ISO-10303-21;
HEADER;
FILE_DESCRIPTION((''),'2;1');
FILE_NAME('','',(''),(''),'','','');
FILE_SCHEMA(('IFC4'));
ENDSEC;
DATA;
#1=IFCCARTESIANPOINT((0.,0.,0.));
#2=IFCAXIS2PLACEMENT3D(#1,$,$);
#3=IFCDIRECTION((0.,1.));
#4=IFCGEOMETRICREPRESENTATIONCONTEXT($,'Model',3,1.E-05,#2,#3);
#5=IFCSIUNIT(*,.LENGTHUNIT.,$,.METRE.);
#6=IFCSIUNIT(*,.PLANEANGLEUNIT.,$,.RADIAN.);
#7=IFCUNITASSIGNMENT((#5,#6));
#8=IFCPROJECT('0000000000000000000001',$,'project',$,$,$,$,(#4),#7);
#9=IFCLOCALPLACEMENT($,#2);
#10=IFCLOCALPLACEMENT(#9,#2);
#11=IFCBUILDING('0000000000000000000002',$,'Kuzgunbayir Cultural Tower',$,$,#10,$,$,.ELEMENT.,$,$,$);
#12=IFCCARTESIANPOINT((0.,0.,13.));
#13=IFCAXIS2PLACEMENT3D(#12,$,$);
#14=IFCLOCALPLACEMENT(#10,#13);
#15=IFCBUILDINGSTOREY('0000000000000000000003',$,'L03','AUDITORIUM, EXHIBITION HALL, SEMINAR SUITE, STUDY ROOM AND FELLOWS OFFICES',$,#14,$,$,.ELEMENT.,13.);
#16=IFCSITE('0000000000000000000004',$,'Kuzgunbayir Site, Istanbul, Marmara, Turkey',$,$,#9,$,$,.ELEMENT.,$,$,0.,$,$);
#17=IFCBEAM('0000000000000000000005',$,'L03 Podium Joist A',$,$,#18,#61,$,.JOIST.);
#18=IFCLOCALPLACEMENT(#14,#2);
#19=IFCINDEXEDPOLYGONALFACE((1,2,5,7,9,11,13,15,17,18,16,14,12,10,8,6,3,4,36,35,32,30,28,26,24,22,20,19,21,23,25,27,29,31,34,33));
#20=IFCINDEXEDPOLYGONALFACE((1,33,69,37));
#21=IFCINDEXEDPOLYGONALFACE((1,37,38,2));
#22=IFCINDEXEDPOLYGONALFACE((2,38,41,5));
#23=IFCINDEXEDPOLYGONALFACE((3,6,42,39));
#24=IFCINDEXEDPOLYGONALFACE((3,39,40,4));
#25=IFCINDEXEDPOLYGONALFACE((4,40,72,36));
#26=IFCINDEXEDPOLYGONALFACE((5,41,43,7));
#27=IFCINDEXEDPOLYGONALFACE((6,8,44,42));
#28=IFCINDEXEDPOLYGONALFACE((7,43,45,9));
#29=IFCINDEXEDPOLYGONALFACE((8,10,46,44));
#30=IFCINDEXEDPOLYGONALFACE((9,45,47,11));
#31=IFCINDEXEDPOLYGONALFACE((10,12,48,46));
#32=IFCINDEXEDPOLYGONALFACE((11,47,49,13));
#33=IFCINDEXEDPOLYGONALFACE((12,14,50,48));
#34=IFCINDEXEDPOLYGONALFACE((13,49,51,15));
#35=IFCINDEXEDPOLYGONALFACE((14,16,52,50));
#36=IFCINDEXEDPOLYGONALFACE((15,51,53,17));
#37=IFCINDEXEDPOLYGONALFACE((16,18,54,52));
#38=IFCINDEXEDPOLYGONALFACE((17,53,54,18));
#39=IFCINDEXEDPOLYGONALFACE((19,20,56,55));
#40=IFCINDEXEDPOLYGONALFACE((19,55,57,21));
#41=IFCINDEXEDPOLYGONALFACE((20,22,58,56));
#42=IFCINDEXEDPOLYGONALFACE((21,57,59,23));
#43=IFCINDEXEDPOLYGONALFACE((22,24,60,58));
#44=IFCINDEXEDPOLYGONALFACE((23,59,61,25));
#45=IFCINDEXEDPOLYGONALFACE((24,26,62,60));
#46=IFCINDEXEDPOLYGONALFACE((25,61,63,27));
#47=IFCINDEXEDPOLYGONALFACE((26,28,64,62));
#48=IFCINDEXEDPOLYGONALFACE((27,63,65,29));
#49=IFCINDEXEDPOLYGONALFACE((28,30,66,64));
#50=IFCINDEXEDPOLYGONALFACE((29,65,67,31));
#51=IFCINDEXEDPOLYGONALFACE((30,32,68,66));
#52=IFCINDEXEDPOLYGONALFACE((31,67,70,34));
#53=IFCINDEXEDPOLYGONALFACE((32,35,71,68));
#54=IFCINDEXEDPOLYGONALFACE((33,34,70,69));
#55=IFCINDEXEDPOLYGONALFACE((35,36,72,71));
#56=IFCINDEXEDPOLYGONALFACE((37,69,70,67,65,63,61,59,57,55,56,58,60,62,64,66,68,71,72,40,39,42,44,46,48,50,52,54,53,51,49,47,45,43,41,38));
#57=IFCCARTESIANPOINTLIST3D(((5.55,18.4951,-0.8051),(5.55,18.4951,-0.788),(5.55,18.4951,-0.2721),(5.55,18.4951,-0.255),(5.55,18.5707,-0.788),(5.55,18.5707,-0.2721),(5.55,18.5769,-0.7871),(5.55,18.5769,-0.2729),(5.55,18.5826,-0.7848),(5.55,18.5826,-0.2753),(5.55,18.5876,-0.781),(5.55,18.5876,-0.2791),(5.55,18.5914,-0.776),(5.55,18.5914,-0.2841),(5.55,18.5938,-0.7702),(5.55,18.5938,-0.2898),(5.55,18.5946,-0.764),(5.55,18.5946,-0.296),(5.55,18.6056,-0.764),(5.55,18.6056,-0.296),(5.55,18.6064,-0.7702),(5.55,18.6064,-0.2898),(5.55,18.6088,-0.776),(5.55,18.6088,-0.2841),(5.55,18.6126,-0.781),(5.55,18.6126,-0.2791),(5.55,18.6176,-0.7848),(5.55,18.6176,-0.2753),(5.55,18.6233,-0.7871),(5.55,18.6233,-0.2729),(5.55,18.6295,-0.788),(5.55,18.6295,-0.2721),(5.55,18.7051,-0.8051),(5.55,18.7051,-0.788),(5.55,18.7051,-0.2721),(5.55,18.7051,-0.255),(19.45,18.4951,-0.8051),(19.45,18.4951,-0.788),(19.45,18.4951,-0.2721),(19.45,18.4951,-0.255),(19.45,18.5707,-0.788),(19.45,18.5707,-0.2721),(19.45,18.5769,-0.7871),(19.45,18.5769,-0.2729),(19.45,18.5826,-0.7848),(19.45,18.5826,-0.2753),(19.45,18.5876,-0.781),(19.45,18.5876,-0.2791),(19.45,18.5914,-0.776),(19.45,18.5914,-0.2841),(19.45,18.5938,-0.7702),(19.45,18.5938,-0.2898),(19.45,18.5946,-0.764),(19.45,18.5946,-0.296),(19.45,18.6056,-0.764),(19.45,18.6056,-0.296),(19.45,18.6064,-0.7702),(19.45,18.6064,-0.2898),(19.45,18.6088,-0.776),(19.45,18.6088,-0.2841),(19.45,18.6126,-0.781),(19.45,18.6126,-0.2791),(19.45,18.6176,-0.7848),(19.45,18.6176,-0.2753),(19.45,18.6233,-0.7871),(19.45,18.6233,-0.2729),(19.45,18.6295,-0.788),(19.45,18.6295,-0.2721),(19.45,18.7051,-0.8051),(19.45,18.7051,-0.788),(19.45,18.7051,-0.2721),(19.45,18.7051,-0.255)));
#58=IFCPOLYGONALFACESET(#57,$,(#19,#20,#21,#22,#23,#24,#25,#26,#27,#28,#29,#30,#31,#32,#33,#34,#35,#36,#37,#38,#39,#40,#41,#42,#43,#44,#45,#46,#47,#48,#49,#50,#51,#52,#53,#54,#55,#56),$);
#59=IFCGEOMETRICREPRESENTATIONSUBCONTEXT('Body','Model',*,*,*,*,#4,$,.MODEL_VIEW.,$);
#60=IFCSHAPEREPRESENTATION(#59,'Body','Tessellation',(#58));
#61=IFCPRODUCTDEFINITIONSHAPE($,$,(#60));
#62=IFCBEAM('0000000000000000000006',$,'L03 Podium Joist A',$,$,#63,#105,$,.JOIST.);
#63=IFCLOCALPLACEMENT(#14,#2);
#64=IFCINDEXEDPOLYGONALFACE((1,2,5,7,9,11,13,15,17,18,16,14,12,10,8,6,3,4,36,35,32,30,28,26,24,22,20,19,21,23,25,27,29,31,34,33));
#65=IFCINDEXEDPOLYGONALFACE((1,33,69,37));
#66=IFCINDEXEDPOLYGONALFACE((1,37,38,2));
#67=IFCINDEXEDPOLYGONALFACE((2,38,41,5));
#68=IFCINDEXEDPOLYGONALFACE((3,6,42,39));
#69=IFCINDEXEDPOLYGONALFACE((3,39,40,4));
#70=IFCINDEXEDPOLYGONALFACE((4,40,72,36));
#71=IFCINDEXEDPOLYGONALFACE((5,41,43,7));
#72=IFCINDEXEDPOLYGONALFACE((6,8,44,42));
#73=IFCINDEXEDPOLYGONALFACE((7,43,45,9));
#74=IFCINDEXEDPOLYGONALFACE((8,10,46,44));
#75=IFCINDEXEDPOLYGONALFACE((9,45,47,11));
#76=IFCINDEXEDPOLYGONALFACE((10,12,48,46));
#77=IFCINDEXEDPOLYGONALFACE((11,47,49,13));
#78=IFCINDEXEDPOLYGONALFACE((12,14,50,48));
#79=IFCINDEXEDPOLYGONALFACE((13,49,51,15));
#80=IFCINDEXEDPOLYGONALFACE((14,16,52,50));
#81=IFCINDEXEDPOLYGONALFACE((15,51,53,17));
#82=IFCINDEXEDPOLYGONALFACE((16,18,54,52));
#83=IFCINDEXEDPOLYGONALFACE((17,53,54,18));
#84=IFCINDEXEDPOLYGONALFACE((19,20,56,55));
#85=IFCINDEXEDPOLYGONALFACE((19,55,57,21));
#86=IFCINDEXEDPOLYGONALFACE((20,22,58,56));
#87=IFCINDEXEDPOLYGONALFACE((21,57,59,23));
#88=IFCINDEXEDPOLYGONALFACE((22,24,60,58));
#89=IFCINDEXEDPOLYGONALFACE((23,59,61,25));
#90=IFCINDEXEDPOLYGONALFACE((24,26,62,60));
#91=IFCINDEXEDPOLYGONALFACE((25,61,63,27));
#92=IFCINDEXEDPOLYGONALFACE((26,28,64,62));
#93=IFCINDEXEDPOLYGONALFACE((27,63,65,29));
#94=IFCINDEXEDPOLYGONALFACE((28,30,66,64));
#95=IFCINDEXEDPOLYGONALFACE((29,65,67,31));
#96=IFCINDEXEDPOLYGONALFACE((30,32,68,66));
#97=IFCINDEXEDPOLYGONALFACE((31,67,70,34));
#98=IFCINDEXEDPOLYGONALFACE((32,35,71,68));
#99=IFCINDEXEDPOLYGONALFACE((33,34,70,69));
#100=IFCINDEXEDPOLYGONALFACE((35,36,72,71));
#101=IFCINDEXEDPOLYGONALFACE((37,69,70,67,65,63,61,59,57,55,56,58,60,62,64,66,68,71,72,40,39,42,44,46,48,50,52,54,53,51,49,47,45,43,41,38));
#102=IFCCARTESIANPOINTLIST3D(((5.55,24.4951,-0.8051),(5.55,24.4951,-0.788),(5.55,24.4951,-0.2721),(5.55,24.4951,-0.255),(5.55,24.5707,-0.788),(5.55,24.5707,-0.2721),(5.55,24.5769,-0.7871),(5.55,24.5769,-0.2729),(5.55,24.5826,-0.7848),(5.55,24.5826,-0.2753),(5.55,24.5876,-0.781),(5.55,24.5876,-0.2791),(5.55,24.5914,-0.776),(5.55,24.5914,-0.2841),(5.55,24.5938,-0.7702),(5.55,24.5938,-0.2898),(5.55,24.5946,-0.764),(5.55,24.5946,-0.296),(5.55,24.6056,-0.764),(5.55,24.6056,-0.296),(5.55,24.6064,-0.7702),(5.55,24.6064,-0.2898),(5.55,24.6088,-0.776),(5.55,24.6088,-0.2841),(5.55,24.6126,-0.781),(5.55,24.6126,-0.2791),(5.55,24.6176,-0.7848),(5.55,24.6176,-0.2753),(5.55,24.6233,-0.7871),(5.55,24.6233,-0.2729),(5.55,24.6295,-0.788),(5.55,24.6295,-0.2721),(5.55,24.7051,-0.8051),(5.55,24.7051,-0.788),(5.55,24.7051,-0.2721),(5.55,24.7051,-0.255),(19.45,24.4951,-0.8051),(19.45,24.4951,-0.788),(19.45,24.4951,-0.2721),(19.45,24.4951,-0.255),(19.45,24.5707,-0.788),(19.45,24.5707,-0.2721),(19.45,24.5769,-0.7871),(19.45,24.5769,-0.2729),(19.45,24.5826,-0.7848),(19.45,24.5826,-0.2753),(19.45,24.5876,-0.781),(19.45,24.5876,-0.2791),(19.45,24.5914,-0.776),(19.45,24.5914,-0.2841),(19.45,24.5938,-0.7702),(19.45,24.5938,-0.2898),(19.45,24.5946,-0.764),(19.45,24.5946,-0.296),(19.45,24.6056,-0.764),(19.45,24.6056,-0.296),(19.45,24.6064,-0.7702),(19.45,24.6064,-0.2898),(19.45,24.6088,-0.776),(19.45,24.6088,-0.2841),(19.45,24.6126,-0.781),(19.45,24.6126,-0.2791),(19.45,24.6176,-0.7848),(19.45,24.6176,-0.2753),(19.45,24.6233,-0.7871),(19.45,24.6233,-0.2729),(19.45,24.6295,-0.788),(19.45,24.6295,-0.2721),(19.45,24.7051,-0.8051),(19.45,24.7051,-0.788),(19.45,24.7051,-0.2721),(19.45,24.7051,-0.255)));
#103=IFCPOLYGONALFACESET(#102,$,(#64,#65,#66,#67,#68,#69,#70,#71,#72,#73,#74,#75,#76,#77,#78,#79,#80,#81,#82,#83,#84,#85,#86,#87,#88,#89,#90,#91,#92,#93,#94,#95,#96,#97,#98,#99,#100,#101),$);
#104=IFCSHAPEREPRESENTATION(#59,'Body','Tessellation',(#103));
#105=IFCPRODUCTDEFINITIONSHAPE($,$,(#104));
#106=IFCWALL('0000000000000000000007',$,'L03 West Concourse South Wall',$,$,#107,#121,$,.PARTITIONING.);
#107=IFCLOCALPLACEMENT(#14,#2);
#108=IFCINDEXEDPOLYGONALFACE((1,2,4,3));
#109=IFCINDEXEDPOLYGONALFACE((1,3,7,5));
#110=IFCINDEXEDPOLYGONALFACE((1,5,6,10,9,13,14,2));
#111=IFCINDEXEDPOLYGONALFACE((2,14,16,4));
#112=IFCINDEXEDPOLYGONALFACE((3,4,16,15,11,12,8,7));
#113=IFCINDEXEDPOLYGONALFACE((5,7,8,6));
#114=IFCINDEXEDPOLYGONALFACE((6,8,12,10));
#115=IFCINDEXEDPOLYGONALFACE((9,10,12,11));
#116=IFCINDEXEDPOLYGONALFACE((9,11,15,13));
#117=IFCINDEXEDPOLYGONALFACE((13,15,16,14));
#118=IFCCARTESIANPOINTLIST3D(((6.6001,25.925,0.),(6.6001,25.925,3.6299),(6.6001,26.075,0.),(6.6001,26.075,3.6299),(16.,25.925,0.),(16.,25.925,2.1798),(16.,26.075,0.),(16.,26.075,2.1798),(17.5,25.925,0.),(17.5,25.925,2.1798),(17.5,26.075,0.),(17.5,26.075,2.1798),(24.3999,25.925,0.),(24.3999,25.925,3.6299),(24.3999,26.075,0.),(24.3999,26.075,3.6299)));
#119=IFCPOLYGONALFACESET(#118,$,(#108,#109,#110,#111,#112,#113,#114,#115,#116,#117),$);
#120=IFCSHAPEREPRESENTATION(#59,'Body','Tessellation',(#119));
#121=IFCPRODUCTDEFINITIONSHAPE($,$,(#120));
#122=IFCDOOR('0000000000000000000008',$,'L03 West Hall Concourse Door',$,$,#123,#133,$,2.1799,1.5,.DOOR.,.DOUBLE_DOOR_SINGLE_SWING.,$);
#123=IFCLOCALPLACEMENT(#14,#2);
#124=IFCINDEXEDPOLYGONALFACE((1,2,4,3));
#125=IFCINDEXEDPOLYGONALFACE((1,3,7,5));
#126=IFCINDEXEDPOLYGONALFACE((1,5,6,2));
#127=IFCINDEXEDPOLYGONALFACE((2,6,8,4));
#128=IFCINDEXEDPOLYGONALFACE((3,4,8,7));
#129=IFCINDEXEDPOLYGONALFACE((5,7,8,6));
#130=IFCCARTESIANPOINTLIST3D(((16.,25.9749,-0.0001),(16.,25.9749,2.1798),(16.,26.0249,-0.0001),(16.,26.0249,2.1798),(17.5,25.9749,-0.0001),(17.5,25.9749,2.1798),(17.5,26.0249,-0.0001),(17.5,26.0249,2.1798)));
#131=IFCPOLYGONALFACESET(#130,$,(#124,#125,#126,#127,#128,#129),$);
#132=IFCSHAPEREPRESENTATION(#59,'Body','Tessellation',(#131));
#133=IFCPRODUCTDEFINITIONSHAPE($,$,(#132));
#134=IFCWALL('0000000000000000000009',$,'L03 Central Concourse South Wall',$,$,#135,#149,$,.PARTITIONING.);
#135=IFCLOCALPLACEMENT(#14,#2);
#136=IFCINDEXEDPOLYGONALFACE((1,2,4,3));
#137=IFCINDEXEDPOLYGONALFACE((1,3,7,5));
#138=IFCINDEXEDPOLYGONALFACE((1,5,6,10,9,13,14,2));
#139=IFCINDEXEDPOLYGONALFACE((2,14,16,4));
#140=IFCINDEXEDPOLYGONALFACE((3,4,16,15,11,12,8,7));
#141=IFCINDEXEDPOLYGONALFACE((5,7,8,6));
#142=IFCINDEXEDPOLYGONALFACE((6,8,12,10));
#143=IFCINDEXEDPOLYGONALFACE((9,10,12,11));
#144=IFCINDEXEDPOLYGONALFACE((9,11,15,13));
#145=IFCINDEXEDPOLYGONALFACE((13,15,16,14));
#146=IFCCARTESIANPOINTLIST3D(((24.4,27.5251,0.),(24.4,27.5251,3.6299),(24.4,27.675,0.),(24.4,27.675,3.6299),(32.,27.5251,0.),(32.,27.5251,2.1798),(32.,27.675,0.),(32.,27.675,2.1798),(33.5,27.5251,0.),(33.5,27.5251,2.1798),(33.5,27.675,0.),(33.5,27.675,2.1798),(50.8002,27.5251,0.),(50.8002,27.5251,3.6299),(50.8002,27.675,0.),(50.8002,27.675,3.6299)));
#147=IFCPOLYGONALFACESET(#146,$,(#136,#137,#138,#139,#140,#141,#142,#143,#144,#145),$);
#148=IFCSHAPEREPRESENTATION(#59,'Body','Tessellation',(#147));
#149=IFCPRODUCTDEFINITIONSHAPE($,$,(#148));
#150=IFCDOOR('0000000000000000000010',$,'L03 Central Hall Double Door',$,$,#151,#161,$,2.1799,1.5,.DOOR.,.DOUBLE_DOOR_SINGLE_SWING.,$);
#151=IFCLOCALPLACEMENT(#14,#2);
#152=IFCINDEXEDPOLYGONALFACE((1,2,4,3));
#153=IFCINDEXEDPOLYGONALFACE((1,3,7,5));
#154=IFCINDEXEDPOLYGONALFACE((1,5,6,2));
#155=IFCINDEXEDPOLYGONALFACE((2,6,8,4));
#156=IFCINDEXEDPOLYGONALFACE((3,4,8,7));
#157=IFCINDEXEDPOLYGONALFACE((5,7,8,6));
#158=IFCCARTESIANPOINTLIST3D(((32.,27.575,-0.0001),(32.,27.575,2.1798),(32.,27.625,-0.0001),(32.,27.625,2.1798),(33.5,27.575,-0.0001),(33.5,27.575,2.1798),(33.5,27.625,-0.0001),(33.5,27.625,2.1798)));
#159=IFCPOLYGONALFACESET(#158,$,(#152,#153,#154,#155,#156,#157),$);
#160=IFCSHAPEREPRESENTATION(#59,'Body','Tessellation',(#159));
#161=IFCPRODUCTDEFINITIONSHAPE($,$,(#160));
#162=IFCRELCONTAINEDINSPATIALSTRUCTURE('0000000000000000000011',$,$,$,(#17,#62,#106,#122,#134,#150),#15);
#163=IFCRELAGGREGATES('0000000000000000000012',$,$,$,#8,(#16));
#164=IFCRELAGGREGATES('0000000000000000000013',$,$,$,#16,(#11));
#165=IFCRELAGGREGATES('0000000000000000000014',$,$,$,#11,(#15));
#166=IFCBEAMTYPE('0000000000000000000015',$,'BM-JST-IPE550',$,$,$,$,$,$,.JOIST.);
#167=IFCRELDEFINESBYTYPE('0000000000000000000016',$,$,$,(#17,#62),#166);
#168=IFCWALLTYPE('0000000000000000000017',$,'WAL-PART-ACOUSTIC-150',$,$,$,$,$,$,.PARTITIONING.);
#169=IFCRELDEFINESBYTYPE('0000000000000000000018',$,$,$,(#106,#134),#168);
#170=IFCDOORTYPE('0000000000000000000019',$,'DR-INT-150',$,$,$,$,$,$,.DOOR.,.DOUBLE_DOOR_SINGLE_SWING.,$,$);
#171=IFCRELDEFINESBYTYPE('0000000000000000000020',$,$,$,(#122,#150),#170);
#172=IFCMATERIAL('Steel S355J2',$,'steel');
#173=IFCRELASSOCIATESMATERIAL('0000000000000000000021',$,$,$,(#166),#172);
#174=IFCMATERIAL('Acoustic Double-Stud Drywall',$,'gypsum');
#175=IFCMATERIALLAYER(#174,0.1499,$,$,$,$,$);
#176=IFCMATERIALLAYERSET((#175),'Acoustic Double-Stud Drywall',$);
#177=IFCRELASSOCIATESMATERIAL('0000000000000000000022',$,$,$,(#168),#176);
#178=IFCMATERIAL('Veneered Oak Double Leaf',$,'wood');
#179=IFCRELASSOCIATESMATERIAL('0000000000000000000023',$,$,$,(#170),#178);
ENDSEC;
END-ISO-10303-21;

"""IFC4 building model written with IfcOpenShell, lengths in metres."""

from ifc_helpers import new_model, si_unit, direction, frame, frame_2d, origin, origin_2d, place, context, subcontext, project, spatial, rectangle, i_section, extrude, material, layer, layer_set, material_profile, profile_set, type_object, element, fill, save


model = new_model("IFC4")

# Units and contexts
model_context = context("Model", 3, precision=1e-05, world=origin(), true_north=direction((0.0, 1.0)))
body_context = subcontext(model_context, "Body", "Model", "MODEL_VIEW")
ifc_project = project(units=[si_unit("LENGTHUNIT", "METRE"), si_unit("PLANEANGLEUNIT", "RADIAN")], contexts=[model_context])

# Site, building, storey
site_placement = place(None, origin())
site = spatial("IfcSite", under=ifc_project, at=site_placement, Name="Kuzgunbayir Site, Istanbul, Marmara, Turkey", CompositionType="ELEMENT", RefElevation=0.0)
building_placement = place(site_placement, origin())
building = spatial("IfcBuilding", under=site, at=building_placement, Name="Kuzgunbayir Cultural Tower", CompositionType="ELEMENT")
storey_placement = place(building_placement, frame((0.0, 0.0, 13.0)))
storey = spatial("IfcBuildingStorey", under=building, at=storey_placement, Name="L03", Description="AUDITORIUM, EXHIBITION HALL, SEMINAR SUITE, STUDY ROOM AND FELLOWS OFFICES", CompositionType="ELEMENT", Elevation=13.0)

# Beams
ifc_material_1 = material(Name="Steel S355J2", Category="steel")
ifc_material_profile_1 = material_profile(ifc_material_1, i_section(OverallWidth=0.21, OverallDepth=0.55, WebThickness=0.011, FlangeThickness=0.0171, FilletRadius=0.0239, at=origin_2d()), Name="IPE 550")
ifc_profile_set_1 = profile_set([ifc_material_profile_1], Name="Steel S355J2")
beam_type_1 = type_object("IfcBeamType", Name="BM-JST-IPE550", PredefinedType="JOIST", material=ifc_profile_set_1)
for number, where, z_axis, x_axis, name in (
    (1, (5.55, 18.6001, -0.53), (1.0, 0.0, 0.0), (0.0, 1.0, 0.0), "L03 Podium Joist A"),
    (2, (5.55, 24.6001, -0.53), (1.0, 0.0, 0.0), (0.0, 1.0, 0.0), "L03 Podium Joist A"),
):
    element("IfcBeam", number, at=place(storey_placement, frame(where, z_axis=z_axis, x_axis=x_axis)), inside=storey, type_object=beam_type_1, Name=name, PredefinedType="JOIST", context=body_context, shape_type="SweptSolid", body=[
        extrude(i_section(OverallWidth=0.21, OverallDepth=0.55, WebThickness=0.011, FlangeThickness=0.0171, FilletRadius=0.0239, at=origin_2d()), origin(), (0.0, 0.0, 1.0), 13.8999),
    ])

# Walls, openings, doors
ifc_material_2 = material(Name="Acoustic Double-Stud Drywall", Category="gypsum")
ifc_layer_1 = layer(ifc_material_2, 0.1499)
ifc_layer_set_1 = layer_set([ifc_layer_1], Name="Acoustic Double-Stud Drywall")
wall_type_1 = type_object("IfcWallType", Name="WAL-PART-ACOUSTIC-150", PredefinedType="PARTITIONING", material=ifc_layer_set_1)
wall_1_placement = place(storey_placement, frame((6.6001, 26.0, 0.0), z_axis=(0.0, 0.0, 1.0), x_axis=(1.0, 0.0, 0.0)))
wall_1 = element("IfcWall", 3, at=wall_1_placement, inside=storey, type_object=wall_type_1, Name="L03 West Concourse South Wall", PredefinedType="PARTITIONING", context=body_context, shape_type="SweptSolid", body=[
    extrude(rectangle(XDim=17.7998, YDim=0.1499, at=frame_2d((8.8999, 0.0))), origin(), (0.0, 0.0, 1.0), 3.6299),
])
opening_1_placement = place(wall_1_placement, frame((9.3999, 0.0, 0.0)))
opening_1 = element("IfcOpeningElement", 4, at=opening_1_placement, cuts=wall_1, PredefinedType="OPENING", context=body_context, shape_type="SweptSolid", body=[
    extrude(rectangle(XDim=1.5, YDim=2.1799, at=frame_2d((0.75, 1.0898))), frame((0.0, 0.085, 0.0), z_axis=(0.0, -1.0, 0.0), x_axis=(1.0, 0.0, 0.0)), (0.0, 0.0, 1.0), 0.1699),
])
ifc_material_3 = material(Name="Veneered Oak Double Leaf", Category="wood")
door_type_1 = type_object("IfcDoorType", Name="DR-INT-150", OperationType="DOUBLE_DOOR_SINGLE_SWING", PredefinedType="DOOR", material=ifc_material_3)
door_1_placement = place(opening_1_placement, origin())
door_1 = element("IfcDoor", 5, at=door_1_placement, inside=storey, type_object=door_type_1, Name="L03 West Hall Concourse Door", OperationType="DOUBLE_DOOR_SINGLE_SWING", OverallHeight=2.1799, OverallWidth=1.5, PredefinedType="DOOR", context=body_context, shape_type="SweptSolid", body=[
    extrude(rectangle(XDim=1.5, YDim=2.1799, at=frame_2d((0.75, 1.0898))), frame((0.0, 0.0249, 0.0), z_axis=(0.0, -1.0, 0.0), x_axis=(1.0, 0.0, 0.0)), (0.0, 0.0, 1.0), 0.05),
])
fill(opening_1, door_1)
wall_2_placement = place(storey_placement, frame((24.3999, 27.6001, 0.0), z_axis=(0.0, 0.0, 1.0), x_axis=(1.0, 0.0, 0.0)))
wall_2 = element("IfcWall", 6, at=wall_2_placement, inside=storey, type_object=wall_type_1, Name="L03 Central Concourse South Wall", PredefinedType="PARTITIONING", context=body_context, shape_type="SweptSolid", body=[
    extrude(rectangle(XDim=26.4001, YDim=0.1499, at=frame_2d((13.2002, 0.0))), origin(), (0.0, 0.0, 1.0), 3.6299),
])
opening_2_placement = place(wall_2_placement, frame((7.6001, 0.0, 0.0)))
opening_2 = element("IfcOpeningElement", 7, at=opening_2_placement, cuts=wall_2, PredefinedType="OPENING", context=body_context, shape_type="SweptSolid", body=[
    extrude(rectangle(XDim=1.5, YDim=2.1799, at=frame_2d((0.75, 1.0898))), frame((0.0, 0.085, 0.0), z_axis=(0.0, -1.0, 0.0), x_axis=(1.0, 0.0, 0.0)), (0.0, 0.0, 1.0), 0.1699),
])
door_2_placement = place(opening_2_placement, origin())
door_2 = element("IfcDoor", 8, at=door_2_placement, inside=storey, type_object=door_type_1, Name="L03 Central Hall Double Door", OperationType="DOUBLE_DOOR_SINGLE_SWING", OverallHeight=2.1799, OverallWidth=1.5, PredefinedType="DOOR", context=body_context, shape_type="SweptSolid", body=[
    extrude(rectangle(XDim=1.5, YDim=2.1799, at=frame_2d((0.75, 1.0898))), frame((0.0, 0.0249, 0.0), z_axis=(0.0, -1.0, 0.0), x_axis=(1.0, 0.0, 0.0)), (0.0, 0.0, 1.0), 0.05),
])
fill(opening_2, door_2)

save(model, "model.ifc")
